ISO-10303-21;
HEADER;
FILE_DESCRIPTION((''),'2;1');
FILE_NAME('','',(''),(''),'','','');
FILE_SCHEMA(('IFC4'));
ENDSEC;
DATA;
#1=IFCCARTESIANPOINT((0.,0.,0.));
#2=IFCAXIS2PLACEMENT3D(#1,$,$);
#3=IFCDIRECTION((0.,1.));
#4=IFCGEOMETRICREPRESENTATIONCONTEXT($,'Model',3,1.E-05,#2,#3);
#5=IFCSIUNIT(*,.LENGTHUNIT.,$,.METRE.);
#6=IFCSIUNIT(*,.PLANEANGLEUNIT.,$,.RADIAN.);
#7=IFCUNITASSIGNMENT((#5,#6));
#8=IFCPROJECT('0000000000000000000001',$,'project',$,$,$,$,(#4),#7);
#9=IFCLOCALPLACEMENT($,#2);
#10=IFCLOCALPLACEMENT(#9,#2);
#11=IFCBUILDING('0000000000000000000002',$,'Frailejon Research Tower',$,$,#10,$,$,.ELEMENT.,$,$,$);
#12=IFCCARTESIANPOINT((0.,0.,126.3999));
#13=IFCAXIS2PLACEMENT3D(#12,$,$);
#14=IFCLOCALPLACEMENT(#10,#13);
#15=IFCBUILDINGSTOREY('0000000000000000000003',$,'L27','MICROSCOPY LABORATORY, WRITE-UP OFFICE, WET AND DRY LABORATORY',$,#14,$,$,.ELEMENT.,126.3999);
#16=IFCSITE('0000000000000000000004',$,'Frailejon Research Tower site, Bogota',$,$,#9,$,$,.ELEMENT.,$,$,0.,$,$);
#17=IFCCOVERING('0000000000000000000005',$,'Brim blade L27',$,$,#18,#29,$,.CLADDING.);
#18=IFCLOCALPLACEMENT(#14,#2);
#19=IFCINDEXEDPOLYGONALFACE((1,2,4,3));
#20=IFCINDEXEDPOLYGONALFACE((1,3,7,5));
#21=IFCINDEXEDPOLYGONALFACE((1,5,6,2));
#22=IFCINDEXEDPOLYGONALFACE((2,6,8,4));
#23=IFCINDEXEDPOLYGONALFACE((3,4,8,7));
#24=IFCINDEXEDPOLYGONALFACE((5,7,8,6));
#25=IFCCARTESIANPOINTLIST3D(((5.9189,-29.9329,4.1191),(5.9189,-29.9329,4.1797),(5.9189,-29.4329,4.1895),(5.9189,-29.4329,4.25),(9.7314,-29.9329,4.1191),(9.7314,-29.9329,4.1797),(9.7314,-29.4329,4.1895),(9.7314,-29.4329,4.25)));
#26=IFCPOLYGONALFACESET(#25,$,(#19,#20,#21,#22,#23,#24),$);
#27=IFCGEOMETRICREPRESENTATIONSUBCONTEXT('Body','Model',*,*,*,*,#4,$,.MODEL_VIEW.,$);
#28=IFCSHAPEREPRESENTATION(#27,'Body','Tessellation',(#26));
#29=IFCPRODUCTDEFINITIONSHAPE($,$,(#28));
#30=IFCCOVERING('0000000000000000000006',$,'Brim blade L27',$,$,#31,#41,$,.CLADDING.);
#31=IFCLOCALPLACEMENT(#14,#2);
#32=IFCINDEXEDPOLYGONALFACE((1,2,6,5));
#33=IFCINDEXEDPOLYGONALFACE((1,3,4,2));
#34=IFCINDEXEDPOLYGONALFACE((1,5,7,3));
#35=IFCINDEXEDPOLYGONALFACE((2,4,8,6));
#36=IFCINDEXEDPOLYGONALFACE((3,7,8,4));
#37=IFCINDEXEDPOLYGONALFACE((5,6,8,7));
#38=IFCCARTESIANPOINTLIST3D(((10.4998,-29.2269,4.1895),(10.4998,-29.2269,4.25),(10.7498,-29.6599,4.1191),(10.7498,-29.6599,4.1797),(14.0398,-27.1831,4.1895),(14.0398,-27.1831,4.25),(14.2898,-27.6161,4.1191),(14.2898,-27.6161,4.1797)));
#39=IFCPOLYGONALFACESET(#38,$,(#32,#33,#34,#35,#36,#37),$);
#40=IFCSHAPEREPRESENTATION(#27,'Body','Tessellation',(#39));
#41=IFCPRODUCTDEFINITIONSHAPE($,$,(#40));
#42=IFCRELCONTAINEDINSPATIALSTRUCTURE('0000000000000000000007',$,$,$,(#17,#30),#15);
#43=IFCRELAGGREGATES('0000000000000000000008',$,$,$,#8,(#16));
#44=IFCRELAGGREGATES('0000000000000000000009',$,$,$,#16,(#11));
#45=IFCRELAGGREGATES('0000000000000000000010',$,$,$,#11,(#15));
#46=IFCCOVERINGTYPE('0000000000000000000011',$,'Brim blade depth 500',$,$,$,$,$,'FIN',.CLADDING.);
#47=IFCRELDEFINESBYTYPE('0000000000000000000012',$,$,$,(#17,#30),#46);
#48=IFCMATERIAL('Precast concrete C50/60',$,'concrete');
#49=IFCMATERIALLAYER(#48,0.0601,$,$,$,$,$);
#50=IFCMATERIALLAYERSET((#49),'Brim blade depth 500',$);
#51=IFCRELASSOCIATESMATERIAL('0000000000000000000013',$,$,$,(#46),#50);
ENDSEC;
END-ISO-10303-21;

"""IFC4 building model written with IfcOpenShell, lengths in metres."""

from ifc_helpers import new_model, si_unit, direction, frame, origin, place, context, subcontext, project, spatial, polyline, outline, extrude, material, layer, layer_set, type_object, element, save


model = new_model("IFC4")

# Units and contexts
model_context = context("Model", 3, precision=1e-05, world=origin(), true_north=direction((0.0, 1.0)))
body_context = subcontext(model_context, "Body", "Model", "MODEL_VIEW")
ifc_project = project(units=[si_unit("LENGTHUNIT", "METRE"), si_unit("PLANEANGLEUNIT", "RADIAN")], contexts=[model_context])

# Site, building, storey
site_placement = place(None, origin())
site = spatial("IfcSite", under=ifc_project, at=site_placement, Name="Frailejon Research Tower site, Bogota", CompositionType="ELEMENT", RefElevation=0.0)
building_placement = place(site_placement, origin())
building = spatial("IfcBuilding", under=site, at=building_placement, Name="Frailejon Research Tower", CompositionType="ELEMENT")
storey_placement = place(building_placement, frame((0.0, 0.0, 126.3999)))
storey = spatial("IfcBuildingStorey", under=building, at=storey_placement, Name="L27", Description="MICROSCOPY LABORATORY, WRITE-UP OFFICE, WET AND DRY LABORATORY", CompositionType="ELEMENT", Elevation=126.3999)

# Coverings
ifc_material_1 = material(Name="Precast concrete C50/60", Category="concrete")
ifc_layer_1 = layer(ifc_material_1, 0.0601)
ifc_layer_set_1 = layer_set([ifc_layer_1], Name="Brim blade depth 500")
covering_type_1 = type_object("IfcCoveringType", Name="Brim blade depth 500", ElementType="FIN", PredefinedType="CLADDING", material=ifc_layer_set_1)
covering_1_placement = place(storey_placement, frame((9.7314, -29.4329, 4.25), z_axis=(-1.0, 0.0, 0.0), x_axis=(0.0, -1.0, 0.0)))
element("IfcCovering", 1, at=covering_1_placement, inside=storey, type_object=covering_type_1, Name="Brim blade L27", PredefinedType="CLADDING", context=body_context, shape_type="SweptSolid", body=[
    extrude(outline(polyline([(0.0, -0.0605), (0.5, -0.1309), (0.5, -0.0703), (0.0, 0.0), (0.0, -0.0605)])), origin(), (0.0, 0.0, 1.0), 3.8125),
])
covering_2_placement = place(storey_placement, frame((14.0398, -27.1831, 4.25), z_axis=(-0.866027, -0.499997, 0.0), x_axis=(0.499997, -0.866027, 0.0)))
element("IfcCovering", 2, at=covering_2_placement, inside=storey, type_object=covering_type_1, Name="Brim blade L27", PredefinedType="CLADDING", context=body_context, shape_type="SweptSolid", body=[
    extrude(outline(polyline([(0.0, -0.0605), (0.5, -0.1309), (0.5, -0.0703), (0.0, 0.0), (0.0, -0.0605)])), origin(), (0.0, 0.0, 1.0), 4.0876),
])

save(model, "model.ifc")
